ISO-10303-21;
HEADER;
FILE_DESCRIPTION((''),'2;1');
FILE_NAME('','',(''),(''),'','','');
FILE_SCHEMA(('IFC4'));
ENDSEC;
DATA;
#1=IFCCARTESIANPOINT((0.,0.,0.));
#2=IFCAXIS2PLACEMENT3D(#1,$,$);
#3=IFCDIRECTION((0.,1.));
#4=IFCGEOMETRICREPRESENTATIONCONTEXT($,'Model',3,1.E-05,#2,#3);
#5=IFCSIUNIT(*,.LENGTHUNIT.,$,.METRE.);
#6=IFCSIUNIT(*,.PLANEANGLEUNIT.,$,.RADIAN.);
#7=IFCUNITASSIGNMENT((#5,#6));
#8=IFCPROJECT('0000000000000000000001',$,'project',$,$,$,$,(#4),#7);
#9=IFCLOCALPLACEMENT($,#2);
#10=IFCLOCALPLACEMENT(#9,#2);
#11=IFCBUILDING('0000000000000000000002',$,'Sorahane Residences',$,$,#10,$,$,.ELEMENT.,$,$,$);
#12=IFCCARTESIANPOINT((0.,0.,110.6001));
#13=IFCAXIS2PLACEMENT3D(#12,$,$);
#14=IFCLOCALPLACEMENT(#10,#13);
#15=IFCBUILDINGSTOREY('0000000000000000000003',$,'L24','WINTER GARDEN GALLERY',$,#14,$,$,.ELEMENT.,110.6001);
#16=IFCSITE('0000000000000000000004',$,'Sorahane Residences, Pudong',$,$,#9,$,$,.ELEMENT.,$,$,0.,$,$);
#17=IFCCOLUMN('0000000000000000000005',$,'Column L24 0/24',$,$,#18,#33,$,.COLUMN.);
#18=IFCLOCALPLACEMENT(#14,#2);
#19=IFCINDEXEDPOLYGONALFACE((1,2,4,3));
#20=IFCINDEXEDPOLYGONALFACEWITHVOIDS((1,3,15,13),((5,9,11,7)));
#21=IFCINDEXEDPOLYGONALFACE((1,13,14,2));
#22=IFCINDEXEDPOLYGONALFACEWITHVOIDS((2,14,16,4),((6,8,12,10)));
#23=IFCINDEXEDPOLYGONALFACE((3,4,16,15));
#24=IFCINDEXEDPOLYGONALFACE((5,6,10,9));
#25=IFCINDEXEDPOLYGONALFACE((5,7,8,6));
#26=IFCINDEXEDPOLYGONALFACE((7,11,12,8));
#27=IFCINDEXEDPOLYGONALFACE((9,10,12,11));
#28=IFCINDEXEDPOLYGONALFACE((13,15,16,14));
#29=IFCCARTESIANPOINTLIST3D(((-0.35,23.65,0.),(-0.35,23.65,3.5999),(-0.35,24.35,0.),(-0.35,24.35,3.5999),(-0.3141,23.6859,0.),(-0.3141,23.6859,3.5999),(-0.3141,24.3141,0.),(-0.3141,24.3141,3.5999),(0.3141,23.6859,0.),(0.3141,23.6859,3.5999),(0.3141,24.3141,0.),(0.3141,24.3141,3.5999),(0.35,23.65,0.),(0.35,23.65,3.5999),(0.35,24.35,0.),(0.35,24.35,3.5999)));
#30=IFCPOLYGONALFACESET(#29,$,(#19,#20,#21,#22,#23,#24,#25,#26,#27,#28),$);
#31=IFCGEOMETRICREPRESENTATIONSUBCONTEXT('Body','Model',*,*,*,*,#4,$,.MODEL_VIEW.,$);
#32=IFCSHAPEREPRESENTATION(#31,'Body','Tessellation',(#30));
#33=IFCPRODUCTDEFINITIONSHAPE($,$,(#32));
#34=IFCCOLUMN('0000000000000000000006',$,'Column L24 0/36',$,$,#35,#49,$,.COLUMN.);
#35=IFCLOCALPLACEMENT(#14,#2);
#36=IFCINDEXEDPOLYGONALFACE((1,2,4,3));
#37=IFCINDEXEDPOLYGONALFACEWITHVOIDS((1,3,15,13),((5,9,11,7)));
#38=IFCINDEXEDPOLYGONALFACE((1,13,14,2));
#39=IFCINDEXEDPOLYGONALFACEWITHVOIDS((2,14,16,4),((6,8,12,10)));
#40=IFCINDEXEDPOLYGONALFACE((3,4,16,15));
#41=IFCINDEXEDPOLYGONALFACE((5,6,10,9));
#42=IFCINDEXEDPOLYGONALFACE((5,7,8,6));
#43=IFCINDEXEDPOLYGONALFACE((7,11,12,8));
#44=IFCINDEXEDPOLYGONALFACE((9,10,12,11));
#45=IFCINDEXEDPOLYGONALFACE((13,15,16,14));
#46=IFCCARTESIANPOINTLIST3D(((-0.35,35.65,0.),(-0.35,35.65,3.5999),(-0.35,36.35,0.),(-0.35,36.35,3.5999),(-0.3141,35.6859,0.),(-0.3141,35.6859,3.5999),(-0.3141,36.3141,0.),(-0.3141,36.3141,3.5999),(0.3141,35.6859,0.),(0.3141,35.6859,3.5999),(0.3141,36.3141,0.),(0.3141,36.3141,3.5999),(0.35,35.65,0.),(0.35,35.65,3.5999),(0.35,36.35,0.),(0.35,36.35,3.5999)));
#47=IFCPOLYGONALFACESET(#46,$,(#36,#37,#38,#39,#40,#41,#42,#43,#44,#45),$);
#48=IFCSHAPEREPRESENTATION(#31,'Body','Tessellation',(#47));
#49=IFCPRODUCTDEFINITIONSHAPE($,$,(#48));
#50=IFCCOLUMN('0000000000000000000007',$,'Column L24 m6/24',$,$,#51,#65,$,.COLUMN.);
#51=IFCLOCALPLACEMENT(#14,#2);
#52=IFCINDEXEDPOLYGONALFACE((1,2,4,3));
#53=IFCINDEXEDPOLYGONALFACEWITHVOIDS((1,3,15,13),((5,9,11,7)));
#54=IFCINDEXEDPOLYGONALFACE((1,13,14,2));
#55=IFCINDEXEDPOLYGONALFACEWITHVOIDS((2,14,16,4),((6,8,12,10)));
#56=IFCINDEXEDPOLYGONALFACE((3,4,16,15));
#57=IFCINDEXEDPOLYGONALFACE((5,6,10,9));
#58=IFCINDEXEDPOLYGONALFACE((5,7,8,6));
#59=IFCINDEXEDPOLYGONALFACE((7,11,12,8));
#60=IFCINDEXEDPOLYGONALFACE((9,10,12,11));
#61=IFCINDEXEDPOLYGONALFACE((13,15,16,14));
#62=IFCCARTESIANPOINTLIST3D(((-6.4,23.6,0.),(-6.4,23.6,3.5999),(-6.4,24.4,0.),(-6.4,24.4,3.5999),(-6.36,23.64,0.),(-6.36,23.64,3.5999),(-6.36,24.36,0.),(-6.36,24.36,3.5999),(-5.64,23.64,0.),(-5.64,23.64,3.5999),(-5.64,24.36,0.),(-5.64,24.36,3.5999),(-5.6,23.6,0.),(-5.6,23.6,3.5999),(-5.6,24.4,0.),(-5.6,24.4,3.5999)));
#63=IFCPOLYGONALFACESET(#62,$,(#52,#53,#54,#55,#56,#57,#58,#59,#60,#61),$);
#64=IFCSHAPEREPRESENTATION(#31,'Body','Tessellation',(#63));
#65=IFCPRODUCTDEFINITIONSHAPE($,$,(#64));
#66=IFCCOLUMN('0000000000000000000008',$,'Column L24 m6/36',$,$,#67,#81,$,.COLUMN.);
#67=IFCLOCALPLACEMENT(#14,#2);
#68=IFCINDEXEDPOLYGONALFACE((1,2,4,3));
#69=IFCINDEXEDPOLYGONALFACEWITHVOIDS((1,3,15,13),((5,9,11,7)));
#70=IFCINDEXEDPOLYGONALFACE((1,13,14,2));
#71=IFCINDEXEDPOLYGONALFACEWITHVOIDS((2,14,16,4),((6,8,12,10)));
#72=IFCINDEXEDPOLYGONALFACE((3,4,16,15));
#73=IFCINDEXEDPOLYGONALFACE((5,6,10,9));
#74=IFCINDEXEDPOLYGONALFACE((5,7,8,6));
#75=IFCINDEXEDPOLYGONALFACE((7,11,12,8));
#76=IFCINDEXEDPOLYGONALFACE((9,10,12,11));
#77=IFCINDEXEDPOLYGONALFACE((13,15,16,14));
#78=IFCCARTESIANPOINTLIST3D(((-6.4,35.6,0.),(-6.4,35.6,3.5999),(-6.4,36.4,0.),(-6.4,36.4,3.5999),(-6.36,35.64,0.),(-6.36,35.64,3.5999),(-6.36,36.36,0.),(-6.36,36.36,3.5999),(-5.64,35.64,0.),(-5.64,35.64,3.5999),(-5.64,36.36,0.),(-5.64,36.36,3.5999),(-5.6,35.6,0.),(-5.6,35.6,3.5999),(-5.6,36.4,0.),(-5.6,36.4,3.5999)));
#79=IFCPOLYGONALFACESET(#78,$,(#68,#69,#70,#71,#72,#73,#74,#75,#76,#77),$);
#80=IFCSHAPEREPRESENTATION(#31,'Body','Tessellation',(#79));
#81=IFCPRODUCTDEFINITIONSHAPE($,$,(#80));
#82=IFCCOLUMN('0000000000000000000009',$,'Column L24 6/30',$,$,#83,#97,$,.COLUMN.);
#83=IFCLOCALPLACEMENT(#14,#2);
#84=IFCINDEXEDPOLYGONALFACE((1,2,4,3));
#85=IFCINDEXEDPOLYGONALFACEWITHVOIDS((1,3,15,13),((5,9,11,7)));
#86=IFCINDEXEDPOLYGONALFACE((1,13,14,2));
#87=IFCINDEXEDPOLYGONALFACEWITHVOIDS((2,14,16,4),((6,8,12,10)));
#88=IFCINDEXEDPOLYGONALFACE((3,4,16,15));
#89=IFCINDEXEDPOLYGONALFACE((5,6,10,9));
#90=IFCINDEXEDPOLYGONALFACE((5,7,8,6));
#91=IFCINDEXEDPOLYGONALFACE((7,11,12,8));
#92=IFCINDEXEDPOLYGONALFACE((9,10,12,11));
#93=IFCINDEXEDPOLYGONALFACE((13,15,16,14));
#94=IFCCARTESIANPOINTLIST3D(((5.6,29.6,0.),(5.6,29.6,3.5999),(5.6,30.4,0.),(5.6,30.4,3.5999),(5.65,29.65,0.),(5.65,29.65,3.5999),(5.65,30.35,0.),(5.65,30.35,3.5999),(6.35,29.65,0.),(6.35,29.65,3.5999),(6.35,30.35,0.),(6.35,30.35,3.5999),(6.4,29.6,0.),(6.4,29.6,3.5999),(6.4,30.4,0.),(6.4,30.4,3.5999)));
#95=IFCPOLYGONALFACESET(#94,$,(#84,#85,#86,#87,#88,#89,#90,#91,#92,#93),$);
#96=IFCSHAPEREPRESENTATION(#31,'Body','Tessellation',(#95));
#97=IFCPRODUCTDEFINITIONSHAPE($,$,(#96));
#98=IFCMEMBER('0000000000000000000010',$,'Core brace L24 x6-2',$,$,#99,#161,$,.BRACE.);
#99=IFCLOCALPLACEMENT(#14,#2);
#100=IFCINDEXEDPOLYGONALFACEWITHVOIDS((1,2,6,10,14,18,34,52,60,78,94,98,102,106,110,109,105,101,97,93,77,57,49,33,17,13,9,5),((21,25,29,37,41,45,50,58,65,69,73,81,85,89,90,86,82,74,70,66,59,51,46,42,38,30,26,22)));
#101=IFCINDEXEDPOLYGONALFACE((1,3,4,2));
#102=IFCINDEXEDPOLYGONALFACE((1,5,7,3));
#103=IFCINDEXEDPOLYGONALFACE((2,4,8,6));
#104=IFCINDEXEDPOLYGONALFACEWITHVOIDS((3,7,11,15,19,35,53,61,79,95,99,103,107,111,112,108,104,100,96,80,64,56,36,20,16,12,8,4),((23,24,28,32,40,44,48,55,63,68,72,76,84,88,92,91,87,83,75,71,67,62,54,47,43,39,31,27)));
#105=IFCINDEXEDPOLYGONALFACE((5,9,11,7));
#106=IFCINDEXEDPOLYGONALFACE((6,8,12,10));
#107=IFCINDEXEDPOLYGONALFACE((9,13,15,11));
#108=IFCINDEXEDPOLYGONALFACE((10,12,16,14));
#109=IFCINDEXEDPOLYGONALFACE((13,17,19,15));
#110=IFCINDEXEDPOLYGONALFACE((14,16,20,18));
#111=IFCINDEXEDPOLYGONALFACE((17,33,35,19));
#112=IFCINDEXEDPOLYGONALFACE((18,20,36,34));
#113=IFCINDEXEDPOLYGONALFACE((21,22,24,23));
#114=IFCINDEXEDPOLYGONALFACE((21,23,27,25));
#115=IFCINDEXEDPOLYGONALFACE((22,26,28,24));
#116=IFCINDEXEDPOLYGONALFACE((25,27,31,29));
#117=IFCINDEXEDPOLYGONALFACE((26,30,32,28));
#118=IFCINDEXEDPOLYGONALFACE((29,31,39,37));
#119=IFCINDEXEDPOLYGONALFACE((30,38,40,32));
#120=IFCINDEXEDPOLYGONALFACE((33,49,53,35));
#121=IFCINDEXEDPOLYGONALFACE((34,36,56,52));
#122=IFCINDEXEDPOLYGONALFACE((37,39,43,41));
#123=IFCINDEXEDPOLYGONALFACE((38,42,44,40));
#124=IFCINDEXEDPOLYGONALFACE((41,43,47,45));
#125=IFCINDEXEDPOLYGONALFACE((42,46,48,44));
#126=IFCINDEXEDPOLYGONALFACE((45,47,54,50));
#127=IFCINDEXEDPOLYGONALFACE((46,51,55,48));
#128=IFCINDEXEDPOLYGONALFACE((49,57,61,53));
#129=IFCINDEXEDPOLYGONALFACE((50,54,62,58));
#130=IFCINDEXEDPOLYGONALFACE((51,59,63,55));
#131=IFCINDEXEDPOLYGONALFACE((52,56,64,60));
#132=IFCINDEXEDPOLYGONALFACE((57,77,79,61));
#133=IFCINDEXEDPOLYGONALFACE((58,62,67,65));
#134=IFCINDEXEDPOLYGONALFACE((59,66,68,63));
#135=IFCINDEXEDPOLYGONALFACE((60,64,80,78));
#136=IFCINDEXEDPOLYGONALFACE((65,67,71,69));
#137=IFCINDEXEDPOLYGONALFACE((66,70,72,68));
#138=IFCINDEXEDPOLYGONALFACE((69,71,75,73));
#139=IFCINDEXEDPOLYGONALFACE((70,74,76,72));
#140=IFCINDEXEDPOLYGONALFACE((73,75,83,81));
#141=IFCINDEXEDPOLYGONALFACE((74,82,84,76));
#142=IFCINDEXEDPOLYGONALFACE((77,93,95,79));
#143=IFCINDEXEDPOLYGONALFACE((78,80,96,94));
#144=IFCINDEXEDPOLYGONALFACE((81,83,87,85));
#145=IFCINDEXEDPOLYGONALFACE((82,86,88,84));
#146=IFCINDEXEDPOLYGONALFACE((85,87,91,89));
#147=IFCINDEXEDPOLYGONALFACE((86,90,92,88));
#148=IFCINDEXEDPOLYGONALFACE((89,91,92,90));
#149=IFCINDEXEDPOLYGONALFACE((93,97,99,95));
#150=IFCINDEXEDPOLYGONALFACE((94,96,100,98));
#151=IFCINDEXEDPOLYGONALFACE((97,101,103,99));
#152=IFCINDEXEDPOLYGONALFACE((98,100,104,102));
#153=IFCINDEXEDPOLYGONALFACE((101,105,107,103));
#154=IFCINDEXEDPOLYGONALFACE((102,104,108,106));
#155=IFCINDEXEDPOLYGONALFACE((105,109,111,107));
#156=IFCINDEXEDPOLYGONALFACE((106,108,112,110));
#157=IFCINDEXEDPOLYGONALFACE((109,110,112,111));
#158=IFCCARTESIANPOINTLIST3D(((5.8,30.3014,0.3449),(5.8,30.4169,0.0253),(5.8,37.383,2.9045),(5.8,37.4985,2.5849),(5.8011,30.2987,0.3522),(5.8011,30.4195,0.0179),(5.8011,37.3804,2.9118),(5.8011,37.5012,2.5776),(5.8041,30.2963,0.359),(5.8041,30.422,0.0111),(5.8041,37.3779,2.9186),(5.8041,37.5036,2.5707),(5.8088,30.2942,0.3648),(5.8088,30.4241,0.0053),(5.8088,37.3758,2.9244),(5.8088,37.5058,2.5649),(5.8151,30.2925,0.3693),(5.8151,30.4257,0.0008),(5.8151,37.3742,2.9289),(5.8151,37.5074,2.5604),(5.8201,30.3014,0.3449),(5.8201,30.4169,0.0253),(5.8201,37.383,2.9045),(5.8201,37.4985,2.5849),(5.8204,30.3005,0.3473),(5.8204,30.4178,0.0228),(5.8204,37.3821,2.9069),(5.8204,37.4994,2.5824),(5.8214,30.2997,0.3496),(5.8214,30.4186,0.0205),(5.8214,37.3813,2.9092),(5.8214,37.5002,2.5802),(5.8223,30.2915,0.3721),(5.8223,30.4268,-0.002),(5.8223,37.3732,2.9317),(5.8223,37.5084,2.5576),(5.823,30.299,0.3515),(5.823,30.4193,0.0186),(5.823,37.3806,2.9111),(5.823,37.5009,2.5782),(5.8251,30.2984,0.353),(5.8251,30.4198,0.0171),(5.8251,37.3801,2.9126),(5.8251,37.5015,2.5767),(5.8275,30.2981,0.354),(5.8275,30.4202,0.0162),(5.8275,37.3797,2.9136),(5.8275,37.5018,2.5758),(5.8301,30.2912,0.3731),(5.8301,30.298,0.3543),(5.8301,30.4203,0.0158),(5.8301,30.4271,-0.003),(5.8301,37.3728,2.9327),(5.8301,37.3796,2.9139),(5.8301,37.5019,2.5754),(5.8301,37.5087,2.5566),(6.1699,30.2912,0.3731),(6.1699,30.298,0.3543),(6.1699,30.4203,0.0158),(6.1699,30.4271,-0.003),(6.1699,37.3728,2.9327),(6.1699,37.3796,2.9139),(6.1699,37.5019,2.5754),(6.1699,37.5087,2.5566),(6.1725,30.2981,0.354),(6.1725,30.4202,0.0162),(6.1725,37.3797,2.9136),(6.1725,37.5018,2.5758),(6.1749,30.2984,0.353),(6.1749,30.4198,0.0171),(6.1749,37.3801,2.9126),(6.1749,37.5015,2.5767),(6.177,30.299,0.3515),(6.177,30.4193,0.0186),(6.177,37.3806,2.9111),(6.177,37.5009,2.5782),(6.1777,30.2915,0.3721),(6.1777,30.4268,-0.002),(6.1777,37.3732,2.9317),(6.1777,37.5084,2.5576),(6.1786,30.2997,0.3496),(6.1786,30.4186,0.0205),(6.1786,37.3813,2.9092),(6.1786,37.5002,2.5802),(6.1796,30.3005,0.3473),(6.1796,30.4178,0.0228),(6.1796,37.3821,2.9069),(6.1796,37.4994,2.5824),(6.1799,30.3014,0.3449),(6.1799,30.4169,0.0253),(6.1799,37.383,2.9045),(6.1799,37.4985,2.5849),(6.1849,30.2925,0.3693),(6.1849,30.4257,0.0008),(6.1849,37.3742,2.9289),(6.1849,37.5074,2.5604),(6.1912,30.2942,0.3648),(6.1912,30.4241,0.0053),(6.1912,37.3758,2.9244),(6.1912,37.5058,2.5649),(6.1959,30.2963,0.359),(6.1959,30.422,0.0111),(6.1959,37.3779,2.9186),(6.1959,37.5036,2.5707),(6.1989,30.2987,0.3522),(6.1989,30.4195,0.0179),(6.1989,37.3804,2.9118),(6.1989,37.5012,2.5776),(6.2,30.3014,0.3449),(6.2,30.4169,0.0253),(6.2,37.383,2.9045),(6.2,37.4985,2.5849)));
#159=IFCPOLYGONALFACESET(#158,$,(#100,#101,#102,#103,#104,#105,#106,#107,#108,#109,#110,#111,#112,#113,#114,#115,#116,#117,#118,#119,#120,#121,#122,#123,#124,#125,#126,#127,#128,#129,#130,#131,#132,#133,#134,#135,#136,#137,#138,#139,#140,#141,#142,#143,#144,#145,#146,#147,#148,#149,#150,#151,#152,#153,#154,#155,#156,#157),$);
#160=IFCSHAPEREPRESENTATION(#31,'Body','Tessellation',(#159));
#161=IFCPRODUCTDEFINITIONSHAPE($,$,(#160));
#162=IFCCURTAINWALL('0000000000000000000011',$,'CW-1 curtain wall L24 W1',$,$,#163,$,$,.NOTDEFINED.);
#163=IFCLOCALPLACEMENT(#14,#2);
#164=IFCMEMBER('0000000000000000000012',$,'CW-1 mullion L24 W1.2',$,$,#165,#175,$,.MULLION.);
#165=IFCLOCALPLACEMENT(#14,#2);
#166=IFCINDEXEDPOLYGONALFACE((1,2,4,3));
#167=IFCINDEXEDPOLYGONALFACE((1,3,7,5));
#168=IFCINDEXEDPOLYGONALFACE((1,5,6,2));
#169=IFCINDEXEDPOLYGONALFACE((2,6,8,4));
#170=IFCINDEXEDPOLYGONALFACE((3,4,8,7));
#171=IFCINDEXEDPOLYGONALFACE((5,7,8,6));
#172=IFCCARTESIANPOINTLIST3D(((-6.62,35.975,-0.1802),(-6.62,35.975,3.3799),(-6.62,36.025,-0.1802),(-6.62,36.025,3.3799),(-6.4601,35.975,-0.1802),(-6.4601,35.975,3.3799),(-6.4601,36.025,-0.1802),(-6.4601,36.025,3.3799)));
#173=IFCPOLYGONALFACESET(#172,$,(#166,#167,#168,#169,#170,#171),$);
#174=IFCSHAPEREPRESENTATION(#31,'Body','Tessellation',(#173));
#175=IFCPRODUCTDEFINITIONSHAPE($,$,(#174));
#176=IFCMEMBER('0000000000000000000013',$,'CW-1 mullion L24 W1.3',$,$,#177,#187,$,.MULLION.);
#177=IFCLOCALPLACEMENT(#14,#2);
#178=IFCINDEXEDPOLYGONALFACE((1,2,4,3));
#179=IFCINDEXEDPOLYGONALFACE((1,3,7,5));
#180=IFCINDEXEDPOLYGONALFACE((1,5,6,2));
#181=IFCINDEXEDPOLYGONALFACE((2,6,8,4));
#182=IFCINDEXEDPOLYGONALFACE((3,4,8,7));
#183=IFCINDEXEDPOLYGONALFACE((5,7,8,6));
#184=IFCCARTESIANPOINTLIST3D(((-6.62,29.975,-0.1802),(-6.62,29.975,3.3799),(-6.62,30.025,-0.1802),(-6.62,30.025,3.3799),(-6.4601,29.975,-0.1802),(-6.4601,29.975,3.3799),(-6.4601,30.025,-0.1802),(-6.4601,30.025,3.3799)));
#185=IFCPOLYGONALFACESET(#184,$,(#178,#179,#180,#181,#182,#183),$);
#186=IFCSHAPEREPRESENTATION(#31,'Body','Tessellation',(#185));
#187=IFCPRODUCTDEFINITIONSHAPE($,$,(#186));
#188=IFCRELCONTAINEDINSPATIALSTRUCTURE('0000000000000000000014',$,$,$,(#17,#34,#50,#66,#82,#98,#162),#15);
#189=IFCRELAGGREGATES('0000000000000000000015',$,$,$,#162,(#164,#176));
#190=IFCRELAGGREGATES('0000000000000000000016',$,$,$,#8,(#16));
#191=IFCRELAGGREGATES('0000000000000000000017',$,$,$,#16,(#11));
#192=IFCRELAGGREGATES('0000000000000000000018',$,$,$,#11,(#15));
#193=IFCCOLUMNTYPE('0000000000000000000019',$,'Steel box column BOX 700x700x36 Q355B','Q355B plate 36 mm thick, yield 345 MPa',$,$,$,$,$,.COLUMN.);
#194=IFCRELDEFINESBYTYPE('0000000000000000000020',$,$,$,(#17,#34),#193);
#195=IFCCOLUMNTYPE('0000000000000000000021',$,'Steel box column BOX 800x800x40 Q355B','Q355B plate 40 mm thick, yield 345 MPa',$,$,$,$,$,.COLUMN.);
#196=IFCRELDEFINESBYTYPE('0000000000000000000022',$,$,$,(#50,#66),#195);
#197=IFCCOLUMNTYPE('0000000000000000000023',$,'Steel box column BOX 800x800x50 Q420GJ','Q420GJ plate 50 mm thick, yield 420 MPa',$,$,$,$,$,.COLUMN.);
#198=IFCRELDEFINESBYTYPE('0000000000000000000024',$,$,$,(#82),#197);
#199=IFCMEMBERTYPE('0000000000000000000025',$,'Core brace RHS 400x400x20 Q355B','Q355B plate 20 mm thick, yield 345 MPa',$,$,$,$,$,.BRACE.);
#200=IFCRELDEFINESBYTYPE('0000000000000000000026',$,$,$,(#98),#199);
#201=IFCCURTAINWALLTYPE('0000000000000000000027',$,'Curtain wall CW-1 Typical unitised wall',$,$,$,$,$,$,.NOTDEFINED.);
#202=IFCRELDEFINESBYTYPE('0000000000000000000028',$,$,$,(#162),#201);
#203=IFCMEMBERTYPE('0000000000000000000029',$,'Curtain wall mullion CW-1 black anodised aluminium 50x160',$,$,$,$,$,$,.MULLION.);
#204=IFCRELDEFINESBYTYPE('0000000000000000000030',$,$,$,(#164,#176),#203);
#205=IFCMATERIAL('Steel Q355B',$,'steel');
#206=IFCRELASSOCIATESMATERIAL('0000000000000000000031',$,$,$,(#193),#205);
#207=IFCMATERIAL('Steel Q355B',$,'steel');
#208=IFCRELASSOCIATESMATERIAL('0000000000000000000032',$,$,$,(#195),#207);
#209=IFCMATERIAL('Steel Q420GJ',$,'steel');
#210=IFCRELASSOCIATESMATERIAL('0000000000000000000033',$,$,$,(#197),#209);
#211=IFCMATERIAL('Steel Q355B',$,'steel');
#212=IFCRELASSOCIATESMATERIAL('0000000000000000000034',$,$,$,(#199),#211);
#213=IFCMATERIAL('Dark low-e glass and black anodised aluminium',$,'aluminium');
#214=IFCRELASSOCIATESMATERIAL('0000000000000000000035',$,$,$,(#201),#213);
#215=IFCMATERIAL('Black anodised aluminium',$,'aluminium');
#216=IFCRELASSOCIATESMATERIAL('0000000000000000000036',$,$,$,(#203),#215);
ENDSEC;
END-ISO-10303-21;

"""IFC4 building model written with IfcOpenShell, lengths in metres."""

from ifc_helpers import new_model, si_unit, direction, frame, origin, origin_2d, place, context, subcontext, project, spatial, rectangle, hollow_rectangle, extrude, material, material_profile, profile_set, type_object, element, aggregate, save


model = new_model("IFC4")

# Units and contexts
model_context = context("Model", 3, precision=1e-05, world=origin(), true_north=direction((0.0, 1.0)))
body_context = subcontext(model_context, "Body", "Model", "MODEL_VIEW")
ifc_project = project(units=[si_unit("LENGTHUNIT", "METRE"), si_unit("PLANEANGLEUNIT", "RADIAN")], contexts=[model_context])

# Site, building, storey
site_placement = place(None, origin())
site = spatial("IfcSite", under=ifc_project, at=site_placement, Name="Sorahane Residences, Pudong", CompositionType="ELEMENT", RefElevation=0.0)
building_placement = place(site_placement, origin())
building = spatial("IfcBuilding", under=site, at=building_placement, Name="Sorahane Residences", CompositionType="ELEMENT")
storey_placement = place(building_placement, frame((0.0, 0.0, 110.6001)))
storey = spatial("IfcBuildingStorey", under=building, at=storey_placement, Name="L24", Description="WINTER GARDEN GALLERY", CompositionType="ELEMENT", Elevation=110.6001)

# Columns
ifc_material_1 = material(Name="Steel Q355B", Category="steel")
ifc_material_profile_1 = material_profile(ifc_material_1, hollow_rectangle(XDim=0.7, YDim=0.7, WallThickness=0.0359, at=origin_2d()), Name="BOX 700x700x36")
ifc_profile_set_1 = profile_set([ifc_material_profile_1], Name="Steel Q355B")
column_type_1 = type_object("IfcColumnType", Name="Steel box column BOX 700x700x36 Q355B", Description="Q355B plate 36 mm thick, yield 345 MPa", PredefinedType="COLUMN", material=ifc_profile_set_1)
for number, where, z_axis, x_axis, name in (
    (1, (0.0, 24.0, 0.0), (0.0, 0.0, 1.0), (1.0, 0.0, 0.0), "Column L24 0/24"),
    (2, (0.0, 36.0, 0.0), (0.0, 0.0, 1.0), (1.0, 0.0, 0.0), "Column L24 0/36"),
):
    element("IfcColumn", number, at=place(storey_placement, frame(where, z_axis=z_axis, x_axis=x_axis)), inside=storey, type_object=column_type_1, Name=name, PredefinedType="COLUMN", context=body_context, shape_type="SweptSolid", body=[
        extrude(hollow_rectangle(XDim=0.7, YDim=0.7, WallThickness=0.0359, at=origin_2d()), origin(), (0.0, 0.0, 1.0), 3.5999),
    ])
ifc_material_2 = material(Name="Steel Q355B", Category="steel")
ifc_material_profile_2 = material_profile(ifc_material_2, hollow_rectangle(XDim=0.8, YDim=0.8, WallThickness=0.04, at=origin_2d()), Name="BOX 800x800x40")
ifc_profile_set_2 = profile_set([ifc_material_profile_2], Name="Steel Q355B")
column_type_2 = type_object("IfcColumnType", Name="Steel box column BOX 800x800x40 Q355B", Description="Q355B plate 40 mm thick, yield 345 MPa", PredefinedType="COLUMN", material=ifc_profile_set_2)
for number, where, z_axis, x_axis, name in (
    (3, (-6.0, 24.0, 0.0), (0.0, 0.0, 1.0), (1.0, 0.0, 0.0), "Column L24 m6/24"),
    (4, (-6.0, 36.0, 0.0), (0.0, 0.0, 1.0), (1.0, 0.0, 0.0), "Column L24 m6/36"),
):
    element("IfcColumn", number, at=place(storey_placement, frame(where, z_axis=z_axis, x_axis=x_axis)), inside=storey, type_object=column_type_2, Name=name, PredefinedType="COLUMN", context=body_context, shape_type="SweptSolid", body=[
        extrude(hollow_rectangle(XDim=0.8, YDim=0.8, WallThickness=0.04, at=origin_2d()), origin(), (0.0, 0.0, 1.0), 3.5999),
    ])
ifc_material_3 = material(Name="Steel Q420GJ", Category="steel")
ifc_material_profile_3 = material_profile(ifc_material_3, hollow_rectangle(XDim=0.8, YDim=0.8, WallThickness=0.05, at=origin_2d()), Name="BOX 800x800x50")
ifc_profile_set_3 = profile_set([ifc_material_profile_3], Name="Steel Q420GJ")
column_type_3 = type_object("IfcColumnType", Name="Steel box column BOX 800x800x50 Q420GJ", Description="Q420GJ plate 50 mm thick, yield 420 MPa", PredefinedType="COLUMN", material=ifc_profile_set_3)
column_placement = place(storey_placement, frame((6.0, 30.0, 0.0), z_axis=(0.0, 0.0, 1.0), x_axis=(1.0, 0.0, 0.0)))
element("IfcColumn", 5, at=column_placement, inside=storey, type_object=column_type_3, Name="Column L24 6/30", PredefinedType="COLUMN", context=body_context, shape_type="SweptSolid", body=[
    extrude(hollow_rectangle(XDim=0.8, YDim=0.8, WallThickness=0.05, at=origin_2d()), origin(), (0.0, 0.0, 1.0), 3.5999),
])

# Member
ifc_material_4 = material(Name="Steel Q355B", Category="steel")
ifc_material_profile_4 = material_profile(ifc_material_4, hollow_rectangle(XDim=0.3999, YDim=0.3999, WallThickness=0.02, InnerFilletRadius=0.01, OuterFilletRadius=0.03, at=origin_2d()), Name="RHS 400x400x20")
ifc_profile_set_4 = profile_set([ifc_material_profile_4], Name="Steel Q355B")
member_type_1 = type_object("IfcMemberType", Name="Core brace RHS 400x400x20 Q355B", Description="Q355B plate 20 mm thick, yield 345 MPa", PredefinedType="BRACE", material=ifc_profile_set_4)
member_1_placement = place(storey_placement, frame((6.0, 30.3591, 0.1851), z_axis=(0.0, 0.940454, 0.33992), x_axis=(-1.0, 0.0, 0.0)))
element("IfcMember", 6, at=member_1_placement, inside=storey, type_object=member_type_1, Name="Core brace L24 x6-2", PredefinedType="BRACE", context=body_context, shape_type="SweptSolid", body=[
    extrude(hollow_rectangle(XDim=0.3999, YDim=0.3999, WallThickness=0.02, InnerFilletRadius=0.01, OuterFilletRadius=0.03, at=origin_2d()), origin(), (0.0, 0.0, 1.0), 7.53),
])

# Curtain wall, members
ifc_material_5 = material(Name="Dark low-e glass and black anodised aluminium", Category="aluminium")
curtain_wall_type = type_object("IfcCurtainWallType", Name="Curtain wall CW-1 Typical unitised wall", PredefinedType="NOTDEFINED", material=ifc_material_5)
curtain_wall_placement = place(storey_placement, origin())
curtain_wall = element("IfcCurtainWall", 7, at=curtain_wall_placement, inside=storey, type_object=curtain_wall_type, Name="CW-1 curtain wall L24 W1", PredefinedType="NOTDEFINED")
ifc_material_6 = material(Name="Black anodised aluminium", Category="aluminium")
ifc_material_profile_5 = material_profile(ifc_material_6, rectangle(XDim=0.1599, YDim=0.05, at=origin_2d()), Name="Curtain wall mullion CW-1 black anodised aluminium 50x160")
ifc_profile_set_5 = profile_set([ifc_material_profile_5], Name="Black anodised aluminium")
member_type_2 = type_object("IfcMemberType", Name="Curtain wall mullion CW-1 black anodised aluminium 50x160", PredefinedType="MULLION", material=ifc_profile_set_5)
member_2_placement = place(storey_placement, frame((-6.54, 36.0, -0.1802), z_axis=(0.0, 0.0, 1.0), x_axis=(-1.0, 0.0, 0.0)))
member_2 = element("IfcMember", 8, at=member_2_placement, type_object=member_type_2, Name="CW-1 mullion L24 W1.2", PredefinedType="MULLION", context=body_context, shape_type="SweptSolid", body=[
    extrude(rectangle(XDim=0.1599, YDim=0.05, at=origin_2d()), origin(), (0.0, 0.0, 1.0), 3.5601),
])
member_3_placement = place(storey_placement, frame((-6.54, 30.0, -0.1802), z_axis=(0.0, 0.0, 1.0), x_axis=(-1.0, 0.0, 0.0)))
member_3 = element("IfcMember", 9, at=member_3_placement, type_object=member_type_2, Name="CW-1 mullion L24 W1.3", PredefinedType="MULLION", context=body_context, shape_type="SweptSolid", body=[
    extrude(rectangle(XDim=0.1599, YDim=0.05, at=origin_2d()), origin(), (0.0, 0.0, 1.0), 3.5601),
])

aggregate(curtain_wall, [member_2, member_3])

save(model, "model.ifc")
